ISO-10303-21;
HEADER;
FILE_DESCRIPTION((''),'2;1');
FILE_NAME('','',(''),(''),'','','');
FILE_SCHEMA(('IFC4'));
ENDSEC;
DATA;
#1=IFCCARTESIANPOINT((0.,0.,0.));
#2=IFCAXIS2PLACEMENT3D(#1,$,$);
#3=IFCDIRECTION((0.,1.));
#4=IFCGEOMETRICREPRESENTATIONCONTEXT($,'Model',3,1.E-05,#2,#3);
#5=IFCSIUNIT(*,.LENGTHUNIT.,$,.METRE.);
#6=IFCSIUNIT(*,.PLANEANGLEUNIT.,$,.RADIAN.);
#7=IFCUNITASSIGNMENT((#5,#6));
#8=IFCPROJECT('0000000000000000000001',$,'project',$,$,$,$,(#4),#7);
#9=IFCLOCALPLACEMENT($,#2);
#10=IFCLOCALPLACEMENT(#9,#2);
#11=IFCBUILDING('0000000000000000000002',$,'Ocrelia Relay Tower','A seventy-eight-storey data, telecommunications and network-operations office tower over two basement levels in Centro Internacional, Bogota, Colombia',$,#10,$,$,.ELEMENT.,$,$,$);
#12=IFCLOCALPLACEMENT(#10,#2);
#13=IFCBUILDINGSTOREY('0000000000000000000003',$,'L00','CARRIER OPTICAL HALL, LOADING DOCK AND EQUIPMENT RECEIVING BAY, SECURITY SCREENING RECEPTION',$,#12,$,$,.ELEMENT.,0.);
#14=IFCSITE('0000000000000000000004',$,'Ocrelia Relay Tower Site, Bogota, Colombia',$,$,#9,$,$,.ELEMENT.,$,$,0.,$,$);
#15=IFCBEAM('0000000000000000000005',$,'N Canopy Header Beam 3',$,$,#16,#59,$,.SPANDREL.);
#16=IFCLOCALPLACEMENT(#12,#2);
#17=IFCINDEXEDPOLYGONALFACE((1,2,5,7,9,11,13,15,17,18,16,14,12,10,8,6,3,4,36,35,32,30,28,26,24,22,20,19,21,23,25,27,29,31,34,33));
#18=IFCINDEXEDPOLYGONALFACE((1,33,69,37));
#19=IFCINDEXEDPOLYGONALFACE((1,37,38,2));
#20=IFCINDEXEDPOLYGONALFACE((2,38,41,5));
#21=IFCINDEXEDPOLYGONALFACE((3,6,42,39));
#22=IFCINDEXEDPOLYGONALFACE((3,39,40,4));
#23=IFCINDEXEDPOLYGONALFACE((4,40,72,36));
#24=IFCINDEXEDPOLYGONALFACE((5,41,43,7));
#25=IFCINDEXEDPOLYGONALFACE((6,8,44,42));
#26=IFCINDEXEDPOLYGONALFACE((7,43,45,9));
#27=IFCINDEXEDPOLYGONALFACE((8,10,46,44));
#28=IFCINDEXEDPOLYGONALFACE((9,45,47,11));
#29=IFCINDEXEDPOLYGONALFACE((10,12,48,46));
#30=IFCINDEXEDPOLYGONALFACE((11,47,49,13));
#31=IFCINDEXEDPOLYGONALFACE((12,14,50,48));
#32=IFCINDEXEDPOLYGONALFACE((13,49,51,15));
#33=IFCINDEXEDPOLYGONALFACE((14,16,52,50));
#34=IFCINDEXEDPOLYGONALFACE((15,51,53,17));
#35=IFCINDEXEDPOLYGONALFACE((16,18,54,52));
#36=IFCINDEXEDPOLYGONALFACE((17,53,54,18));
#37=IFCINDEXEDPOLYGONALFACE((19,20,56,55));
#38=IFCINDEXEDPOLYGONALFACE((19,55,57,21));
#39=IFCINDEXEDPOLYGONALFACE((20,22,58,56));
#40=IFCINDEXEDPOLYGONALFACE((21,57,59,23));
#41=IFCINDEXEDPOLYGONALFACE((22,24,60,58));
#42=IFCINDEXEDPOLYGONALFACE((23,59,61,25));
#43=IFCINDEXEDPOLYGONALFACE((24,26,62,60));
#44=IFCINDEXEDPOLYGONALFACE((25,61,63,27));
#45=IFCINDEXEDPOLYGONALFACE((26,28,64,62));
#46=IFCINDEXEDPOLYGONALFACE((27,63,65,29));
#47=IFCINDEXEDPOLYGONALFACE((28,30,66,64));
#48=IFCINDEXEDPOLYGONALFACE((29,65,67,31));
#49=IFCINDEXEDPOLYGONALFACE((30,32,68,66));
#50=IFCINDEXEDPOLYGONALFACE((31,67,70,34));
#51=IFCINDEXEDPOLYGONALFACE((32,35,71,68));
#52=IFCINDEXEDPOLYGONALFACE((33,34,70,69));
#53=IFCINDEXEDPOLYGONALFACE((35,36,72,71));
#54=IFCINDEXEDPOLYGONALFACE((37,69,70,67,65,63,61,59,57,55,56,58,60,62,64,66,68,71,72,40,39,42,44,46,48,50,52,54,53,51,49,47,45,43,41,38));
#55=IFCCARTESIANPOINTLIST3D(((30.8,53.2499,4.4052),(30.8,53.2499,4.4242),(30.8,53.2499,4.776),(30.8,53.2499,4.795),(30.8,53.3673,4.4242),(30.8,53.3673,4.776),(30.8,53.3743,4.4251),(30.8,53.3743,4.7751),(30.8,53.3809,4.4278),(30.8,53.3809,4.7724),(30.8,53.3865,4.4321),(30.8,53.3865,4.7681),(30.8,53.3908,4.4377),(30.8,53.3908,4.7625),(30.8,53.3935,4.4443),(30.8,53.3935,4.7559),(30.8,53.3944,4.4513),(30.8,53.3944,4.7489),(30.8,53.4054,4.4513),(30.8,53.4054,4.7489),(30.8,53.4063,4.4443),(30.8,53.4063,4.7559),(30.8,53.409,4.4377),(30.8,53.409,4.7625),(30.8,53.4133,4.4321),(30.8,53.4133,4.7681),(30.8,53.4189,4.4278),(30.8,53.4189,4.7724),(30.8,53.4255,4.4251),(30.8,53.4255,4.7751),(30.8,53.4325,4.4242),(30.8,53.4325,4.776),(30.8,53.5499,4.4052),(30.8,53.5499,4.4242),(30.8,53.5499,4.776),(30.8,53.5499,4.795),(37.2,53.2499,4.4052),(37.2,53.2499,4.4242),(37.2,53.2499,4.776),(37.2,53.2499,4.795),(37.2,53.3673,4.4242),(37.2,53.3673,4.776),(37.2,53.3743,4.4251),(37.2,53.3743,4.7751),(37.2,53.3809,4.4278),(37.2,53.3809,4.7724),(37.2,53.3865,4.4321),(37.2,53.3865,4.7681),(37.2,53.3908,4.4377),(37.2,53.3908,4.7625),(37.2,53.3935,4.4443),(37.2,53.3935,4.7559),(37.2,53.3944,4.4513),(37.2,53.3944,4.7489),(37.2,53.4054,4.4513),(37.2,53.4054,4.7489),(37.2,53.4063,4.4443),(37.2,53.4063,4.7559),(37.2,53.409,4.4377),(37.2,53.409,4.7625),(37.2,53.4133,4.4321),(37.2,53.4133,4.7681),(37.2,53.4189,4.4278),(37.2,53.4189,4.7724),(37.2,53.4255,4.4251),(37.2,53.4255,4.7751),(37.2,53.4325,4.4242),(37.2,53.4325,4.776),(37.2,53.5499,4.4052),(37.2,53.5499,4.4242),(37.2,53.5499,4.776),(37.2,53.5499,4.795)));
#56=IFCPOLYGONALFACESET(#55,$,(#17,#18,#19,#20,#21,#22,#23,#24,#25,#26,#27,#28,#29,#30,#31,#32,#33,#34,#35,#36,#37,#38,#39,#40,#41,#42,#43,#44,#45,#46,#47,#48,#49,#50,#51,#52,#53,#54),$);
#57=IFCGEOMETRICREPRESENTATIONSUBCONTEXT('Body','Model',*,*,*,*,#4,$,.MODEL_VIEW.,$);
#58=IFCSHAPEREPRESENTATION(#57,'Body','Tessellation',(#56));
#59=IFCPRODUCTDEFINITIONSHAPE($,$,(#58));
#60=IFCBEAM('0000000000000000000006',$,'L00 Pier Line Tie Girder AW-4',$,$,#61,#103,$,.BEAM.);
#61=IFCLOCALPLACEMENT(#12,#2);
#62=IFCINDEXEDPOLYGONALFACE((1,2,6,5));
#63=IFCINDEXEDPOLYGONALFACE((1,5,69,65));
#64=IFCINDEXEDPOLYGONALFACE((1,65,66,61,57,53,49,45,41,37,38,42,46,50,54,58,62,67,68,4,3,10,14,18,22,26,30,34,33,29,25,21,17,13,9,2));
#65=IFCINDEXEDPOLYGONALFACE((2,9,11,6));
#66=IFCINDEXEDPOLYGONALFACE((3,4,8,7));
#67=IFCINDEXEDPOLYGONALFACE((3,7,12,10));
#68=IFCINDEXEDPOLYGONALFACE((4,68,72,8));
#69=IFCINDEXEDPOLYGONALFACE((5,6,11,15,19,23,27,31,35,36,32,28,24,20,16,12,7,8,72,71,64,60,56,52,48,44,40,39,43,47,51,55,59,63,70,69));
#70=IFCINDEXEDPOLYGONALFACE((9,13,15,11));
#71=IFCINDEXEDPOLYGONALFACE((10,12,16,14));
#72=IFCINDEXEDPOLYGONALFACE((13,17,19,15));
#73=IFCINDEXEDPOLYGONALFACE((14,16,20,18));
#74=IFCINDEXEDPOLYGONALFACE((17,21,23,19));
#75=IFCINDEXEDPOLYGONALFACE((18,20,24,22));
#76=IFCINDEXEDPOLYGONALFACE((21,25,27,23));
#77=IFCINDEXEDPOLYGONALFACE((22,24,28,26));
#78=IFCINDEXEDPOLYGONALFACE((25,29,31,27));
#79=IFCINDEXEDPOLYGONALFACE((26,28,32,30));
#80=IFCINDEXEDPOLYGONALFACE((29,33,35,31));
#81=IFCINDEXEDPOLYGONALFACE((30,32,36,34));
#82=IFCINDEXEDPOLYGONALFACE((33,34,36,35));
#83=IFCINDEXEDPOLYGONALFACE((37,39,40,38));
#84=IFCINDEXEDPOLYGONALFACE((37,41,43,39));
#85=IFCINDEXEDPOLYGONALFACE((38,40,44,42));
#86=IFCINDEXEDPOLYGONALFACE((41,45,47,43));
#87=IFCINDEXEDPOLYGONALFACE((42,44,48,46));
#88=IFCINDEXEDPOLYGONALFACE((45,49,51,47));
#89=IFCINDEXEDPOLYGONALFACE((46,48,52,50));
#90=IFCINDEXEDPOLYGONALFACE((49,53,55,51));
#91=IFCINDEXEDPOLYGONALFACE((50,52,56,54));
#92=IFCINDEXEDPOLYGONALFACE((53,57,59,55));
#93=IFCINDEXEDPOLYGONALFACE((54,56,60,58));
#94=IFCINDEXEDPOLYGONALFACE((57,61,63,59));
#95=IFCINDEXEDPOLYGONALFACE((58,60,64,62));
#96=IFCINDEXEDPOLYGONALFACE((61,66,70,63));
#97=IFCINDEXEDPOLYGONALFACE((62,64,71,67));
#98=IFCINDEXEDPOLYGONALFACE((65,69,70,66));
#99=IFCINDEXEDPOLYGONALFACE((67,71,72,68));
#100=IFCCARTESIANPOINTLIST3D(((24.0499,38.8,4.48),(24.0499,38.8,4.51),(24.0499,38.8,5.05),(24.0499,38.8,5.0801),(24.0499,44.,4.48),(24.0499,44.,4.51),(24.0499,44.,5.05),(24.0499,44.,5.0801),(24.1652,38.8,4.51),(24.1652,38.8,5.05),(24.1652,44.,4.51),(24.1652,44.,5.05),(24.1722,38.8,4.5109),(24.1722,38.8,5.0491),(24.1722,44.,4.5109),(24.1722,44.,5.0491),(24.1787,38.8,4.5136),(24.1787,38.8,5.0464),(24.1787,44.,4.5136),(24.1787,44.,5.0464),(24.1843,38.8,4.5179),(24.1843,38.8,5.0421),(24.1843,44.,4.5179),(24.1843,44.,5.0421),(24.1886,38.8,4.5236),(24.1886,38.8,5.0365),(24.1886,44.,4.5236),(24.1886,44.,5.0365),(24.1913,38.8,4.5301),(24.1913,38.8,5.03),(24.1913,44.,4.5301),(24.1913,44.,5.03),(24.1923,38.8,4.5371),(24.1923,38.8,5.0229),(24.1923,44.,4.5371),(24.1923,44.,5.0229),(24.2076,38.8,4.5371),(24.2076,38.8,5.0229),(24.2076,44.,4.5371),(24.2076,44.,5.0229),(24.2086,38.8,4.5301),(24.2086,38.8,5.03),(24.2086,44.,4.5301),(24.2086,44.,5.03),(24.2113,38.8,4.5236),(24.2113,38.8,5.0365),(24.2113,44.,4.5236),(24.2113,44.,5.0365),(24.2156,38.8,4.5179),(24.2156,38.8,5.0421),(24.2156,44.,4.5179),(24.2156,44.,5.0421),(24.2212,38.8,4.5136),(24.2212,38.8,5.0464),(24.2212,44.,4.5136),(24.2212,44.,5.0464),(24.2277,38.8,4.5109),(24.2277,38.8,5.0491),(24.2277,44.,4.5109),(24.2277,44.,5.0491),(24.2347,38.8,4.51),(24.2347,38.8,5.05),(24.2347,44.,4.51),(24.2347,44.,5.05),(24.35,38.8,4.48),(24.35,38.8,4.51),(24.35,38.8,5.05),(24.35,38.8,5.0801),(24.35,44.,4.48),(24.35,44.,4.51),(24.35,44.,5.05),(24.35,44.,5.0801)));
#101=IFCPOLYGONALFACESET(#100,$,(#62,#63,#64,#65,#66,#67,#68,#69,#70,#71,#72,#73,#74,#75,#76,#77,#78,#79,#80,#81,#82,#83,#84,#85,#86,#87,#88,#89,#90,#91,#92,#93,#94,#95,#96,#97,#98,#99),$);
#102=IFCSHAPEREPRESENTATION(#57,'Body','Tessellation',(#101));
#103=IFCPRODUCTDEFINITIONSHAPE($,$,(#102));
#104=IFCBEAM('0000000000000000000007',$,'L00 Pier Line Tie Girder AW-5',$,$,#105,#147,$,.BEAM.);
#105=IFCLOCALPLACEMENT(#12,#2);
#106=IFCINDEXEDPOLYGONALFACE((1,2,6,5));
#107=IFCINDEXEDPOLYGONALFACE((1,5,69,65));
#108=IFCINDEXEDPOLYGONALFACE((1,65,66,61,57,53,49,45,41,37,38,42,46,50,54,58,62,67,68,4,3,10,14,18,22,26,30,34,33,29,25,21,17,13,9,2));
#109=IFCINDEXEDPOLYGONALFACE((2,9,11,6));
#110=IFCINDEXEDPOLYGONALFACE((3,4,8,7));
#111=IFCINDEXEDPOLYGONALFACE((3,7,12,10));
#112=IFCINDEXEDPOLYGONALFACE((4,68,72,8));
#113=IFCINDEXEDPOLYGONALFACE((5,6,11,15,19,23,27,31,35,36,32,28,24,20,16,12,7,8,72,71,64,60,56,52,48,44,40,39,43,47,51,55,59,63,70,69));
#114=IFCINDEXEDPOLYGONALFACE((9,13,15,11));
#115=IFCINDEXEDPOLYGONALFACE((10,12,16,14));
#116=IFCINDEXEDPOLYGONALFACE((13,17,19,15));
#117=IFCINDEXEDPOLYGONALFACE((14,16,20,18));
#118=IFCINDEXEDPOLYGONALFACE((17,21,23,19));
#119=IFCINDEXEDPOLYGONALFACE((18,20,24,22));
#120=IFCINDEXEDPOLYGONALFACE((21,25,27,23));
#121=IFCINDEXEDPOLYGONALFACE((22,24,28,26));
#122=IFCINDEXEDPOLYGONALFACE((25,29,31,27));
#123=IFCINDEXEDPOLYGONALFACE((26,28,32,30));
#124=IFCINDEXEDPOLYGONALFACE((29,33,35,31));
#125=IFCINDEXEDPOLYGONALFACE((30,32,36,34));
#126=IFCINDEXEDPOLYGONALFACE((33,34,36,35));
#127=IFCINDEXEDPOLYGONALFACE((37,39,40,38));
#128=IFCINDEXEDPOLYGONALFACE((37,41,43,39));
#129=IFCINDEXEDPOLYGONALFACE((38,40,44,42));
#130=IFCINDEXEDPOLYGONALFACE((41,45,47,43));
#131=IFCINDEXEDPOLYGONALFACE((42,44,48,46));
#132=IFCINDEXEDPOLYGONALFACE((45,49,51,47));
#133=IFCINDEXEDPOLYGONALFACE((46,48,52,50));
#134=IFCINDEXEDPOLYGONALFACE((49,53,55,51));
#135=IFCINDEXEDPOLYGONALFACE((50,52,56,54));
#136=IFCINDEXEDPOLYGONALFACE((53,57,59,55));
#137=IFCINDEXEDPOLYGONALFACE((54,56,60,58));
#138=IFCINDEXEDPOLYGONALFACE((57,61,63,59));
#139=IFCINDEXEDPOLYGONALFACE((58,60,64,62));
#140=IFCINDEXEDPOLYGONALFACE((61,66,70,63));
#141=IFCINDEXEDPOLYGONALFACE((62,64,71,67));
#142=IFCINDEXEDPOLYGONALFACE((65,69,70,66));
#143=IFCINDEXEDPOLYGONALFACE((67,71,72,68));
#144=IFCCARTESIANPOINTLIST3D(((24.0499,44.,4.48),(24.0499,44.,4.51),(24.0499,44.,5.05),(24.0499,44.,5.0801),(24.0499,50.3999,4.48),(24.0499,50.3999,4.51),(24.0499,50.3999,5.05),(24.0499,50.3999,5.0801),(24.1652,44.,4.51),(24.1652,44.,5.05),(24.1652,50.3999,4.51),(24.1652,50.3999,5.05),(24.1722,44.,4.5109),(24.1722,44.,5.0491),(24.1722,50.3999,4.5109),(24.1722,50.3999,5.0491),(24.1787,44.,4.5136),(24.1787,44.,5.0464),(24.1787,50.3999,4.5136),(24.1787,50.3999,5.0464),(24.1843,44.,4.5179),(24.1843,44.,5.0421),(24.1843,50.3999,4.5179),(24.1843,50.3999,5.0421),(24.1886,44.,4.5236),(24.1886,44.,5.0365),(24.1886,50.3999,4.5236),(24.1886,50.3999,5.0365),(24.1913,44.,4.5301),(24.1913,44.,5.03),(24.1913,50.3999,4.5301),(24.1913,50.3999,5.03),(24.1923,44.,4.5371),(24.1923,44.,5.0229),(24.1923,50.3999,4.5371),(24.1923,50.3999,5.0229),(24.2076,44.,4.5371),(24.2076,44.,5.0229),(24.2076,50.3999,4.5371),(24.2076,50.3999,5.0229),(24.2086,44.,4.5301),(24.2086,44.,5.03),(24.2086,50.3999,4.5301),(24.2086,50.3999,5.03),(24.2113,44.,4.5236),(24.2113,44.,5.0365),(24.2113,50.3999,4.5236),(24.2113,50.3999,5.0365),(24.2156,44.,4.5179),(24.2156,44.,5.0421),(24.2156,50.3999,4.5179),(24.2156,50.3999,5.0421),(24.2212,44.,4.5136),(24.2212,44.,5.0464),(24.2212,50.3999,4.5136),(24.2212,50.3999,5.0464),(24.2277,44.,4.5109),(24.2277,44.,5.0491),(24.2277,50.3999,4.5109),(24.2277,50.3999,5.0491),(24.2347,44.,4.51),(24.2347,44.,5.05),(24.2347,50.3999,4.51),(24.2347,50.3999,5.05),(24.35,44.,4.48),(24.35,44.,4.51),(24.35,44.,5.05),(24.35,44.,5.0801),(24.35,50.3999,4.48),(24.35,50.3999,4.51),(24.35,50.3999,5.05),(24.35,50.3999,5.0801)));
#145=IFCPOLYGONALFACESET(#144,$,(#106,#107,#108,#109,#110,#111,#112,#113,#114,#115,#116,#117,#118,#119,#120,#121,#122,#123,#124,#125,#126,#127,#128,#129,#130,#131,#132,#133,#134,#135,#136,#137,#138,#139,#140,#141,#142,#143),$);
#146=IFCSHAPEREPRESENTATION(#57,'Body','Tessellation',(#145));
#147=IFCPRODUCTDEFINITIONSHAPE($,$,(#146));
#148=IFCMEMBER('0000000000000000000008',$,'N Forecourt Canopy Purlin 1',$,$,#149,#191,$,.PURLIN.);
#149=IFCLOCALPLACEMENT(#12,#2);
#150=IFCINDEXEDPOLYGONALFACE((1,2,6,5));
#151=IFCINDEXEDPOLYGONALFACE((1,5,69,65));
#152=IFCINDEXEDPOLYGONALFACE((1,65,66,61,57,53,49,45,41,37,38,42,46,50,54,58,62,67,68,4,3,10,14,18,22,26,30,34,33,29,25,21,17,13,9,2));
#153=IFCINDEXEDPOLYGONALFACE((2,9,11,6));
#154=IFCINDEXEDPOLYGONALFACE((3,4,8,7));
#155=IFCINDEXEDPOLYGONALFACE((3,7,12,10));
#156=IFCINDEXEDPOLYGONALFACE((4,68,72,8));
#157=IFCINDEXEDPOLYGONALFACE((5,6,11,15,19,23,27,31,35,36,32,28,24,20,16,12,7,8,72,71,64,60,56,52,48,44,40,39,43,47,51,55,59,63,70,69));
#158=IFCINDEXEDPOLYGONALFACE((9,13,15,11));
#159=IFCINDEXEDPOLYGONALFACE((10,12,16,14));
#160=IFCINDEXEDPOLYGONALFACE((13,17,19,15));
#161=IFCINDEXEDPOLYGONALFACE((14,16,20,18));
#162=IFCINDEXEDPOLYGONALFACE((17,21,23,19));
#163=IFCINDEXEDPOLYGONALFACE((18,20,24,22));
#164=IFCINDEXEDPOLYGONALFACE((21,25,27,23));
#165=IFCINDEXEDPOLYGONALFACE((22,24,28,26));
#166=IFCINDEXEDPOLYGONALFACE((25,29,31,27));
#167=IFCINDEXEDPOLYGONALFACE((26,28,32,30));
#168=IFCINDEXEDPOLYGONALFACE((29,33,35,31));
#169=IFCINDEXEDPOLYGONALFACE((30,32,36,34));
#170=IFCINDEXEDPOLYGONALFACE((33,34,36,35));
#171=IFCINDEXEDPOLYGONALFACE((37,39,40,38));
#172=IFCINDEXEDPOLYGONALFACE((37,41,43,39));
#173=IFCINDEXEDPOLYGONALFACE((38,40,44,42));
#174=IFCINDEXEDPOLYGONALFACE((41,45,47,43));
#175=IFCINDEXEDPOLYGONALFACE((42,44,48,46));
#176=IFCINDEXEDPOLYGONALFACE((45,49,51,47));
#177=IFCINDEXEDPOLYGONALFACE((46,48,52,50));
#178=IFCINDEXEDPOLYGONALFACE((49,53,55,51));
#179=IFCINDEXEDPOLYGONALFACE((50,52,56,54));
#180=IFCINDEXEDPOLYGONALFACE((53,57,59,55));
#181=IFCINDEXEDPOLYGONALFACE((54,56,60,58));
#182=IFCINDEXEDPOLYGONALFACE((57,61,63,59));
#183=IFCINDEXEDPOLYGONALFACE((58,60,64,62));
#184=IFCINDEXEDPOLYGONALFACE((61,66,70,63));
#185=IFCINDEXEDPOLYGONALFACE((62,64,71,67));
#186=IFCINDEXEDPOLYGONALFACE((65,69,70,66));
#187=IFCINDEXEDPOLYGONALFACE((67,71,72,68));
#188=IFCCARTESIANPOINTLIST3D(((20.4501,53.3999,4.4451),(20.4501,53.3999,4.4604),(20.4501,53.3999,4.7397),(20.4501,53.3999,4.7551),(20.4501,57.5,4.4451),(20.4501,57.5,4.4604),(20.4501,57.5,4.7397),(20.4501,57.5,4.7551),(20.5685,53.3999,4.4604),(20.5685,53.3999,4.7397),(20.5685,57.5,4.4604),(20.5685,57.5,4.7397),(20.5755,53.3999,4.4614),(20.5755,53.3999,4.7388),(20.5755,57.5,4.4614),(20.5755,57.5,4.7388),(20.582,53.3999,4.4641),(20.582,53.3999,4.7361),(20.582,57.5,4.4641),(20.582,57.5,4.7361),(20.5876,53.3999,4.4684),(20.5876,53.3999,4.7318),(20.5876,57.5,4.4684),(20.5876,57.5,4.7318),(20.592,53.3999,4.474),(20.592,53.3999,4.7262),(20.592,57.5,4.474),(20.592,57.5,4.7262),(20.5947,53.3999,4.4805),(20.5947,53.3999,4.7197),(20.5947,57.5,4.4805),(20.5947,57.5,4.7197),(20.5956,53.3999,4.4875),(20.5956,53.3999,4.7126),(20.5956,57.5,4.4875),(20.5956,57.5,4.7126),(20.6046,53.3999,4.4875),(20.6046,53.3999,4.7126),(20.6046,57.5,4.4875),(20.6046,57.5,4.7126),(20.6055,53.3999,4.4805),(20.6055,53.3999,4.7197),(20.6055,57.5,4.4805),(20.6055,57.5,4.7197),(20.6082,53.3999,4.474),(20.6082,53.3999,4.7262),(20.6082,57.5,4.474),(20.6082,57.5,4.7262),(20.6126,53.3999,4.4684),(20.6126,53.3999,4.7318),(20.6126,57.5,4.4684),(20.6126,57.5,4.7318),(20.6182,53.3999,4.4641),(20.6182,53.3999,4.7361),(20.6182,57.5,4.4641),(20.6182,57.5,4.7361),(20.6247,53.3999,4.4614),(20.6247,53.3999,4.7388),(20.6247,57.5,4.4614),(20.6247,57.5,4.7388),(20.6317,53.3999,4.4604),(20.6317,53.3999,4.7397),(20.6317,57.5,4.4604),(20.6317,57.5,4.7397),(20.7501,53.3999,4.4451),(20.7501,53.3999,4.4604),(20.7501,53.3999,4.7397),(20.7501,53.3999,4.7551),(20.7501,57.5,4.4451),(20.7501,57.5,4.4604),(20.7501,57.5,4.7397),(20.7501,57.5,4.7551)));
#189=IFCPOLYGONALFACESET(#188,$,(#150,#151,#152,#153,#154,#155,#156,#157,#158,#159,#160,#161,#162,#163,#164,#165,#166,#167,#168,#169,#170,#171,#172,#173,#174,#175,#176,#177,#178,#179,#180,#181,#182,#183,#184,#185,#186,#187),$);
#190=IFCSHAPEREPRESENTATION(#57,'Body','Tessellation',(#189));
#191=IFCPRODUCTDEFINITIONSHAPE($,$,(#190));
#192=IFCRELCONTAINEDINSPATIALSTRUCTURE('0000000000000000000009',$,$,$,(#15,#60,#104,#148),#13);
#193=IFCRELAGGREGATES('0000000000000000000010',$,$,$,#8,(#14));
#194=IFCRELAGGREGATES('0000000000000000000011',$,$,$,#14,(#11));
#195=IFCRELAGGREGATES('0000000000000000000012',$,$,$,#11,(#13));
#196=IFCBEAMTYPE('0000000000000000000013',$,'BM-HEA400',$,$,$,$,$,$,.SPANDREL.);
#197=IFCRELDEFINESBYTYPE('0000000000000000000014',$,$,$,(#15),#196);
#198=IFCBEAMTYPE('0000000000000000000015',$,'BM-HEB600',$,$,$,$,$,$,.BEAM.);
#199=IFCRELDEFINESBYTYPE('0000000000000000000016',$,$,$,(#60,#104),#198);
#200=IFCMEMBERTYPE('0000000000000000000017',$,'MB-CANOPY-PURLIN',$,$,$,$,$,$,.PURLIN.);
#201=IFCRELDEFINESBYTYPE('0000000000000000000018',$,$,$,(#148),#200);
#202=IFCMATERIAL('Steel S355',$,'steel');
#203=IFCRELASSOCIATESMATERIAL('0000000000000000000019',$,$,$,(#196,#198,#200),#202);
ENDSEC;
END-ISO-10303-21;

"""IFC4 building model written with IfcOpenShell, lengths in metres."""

from ifc_helpers import new_model, si_unit, direction, frame, origin, origin_2d, place, context, subcontext, project, spatial, i_section, extrude, material, material_profile, profile_set, type_object, element, save


model = new_model("IFC4")

# Units and contexts
model_context = context("Model", 3, precision=1e-05, world=origin(), true_north=direction((0.0, 1.0)))
body_context = subcontext(model_context, "Body", "Model", "MODEL_VIEW")
ifc_project = project(units=[si_unit("LENGTHUNIT", "METRE"), si_unit("PLANEANGLEUNIT", "RADIAN")], contexts=[model_context])

# Site, building, storey
site_placement = place(None, origin())
site = spatial("IfcSite", under=ifc_project, at=site_placement, Name="Ocrelia Relay Tower Site, Bogota, Colombia", CompositionType="ELEMENT", RefElevation=0.0)
building_placement = place(site_placement, origin())
building = spatial("IfcBuilding", under=site, at=building_placement, Name="Ocrelia Relay Tower", Description="A seventy-eight-storey data, telecommunications and network-operations office tower over two basement levels in Centro Internacional, Bogota, Colombia", CompositionType="ELEMENT")
storey_placement = place(building_placement, origin())
storey = spatial("IfcBuildingStorey", under=building, at=storey_placement, Name="L00", Description="CARRIER OPTICAL HALL, LOADING DOCK AND EQUIPMENT RECEIVING BAY, SECURITY SCREENING RECEPTION", CompositionType="ELEMENT", Elevation=0.0)

# Beams
ifc_material_1 = material(Name="Steel S355", Category="steel")
ifc_material_profile_1 = material_profile(ifc_material_1, i_section(OverallWidth=0.3, OverallDepth=0.3899, WebThickness=0.011, FlangeThickness=0.019, FilletRadius=0.0271, at=origin_2d()), Name="HEA 400")
ifc_profile_set_1 = profile_set([ifc_material_profile_1], Name="Steel S355")
beam_type_1 = type_object("IfcBeamType", Name="BM-HEA400", PredefinedType="SPANDREL", material=ifc_profile_set_1)
beam_1_placement = place(storey_placement, frame((30.8, 53.3999, 4.6001), z_axis=(1.0, 0.0, 0.0), x_axis=(0.0, 1.0, 0.0)))
element("IfcBeam", 1, at=beam_1_placement, inside=storey, type_object=beam_type_1, Name="N Canopy Header Beam 3", PredefinedType="SPANDREL", context=body_context, shape_type="SweptSolid", body=[
    extrude(i_section(OverallWidth=0.3, OverallDepth=0.3899, WebThickness=0.011, FlangeThickness=0.019, FilletRadius=0.0271, at=origin_2d()), origin(), (0.0, 0.0, 1.0), 6.3999),
])
ifc_material_profile_2 = material_profile(ifc_material_1, i_section(OverallWidth=0.3, OverallDepth=0.6001, WebThickness=0.0154, FlangeThickness=0.03, FilletRadius=0.0271, at=origin_2d()), Name="HEB 600")
ifc_profile_set_2 = profile_set([ifc_material_profile_2], Name="Steel S355")
beam_type_2 = type_object("IfcBeamType", Name="BM-HEB600", PredefinedType="BEAM", material=ifc_profile_set_2)
beam_2_placement = place(storey_placement, frame((24.2, 38.8, 4.78), z_axis=(0.0, 1.0, 0.0), x_axis=(-1.0, 0.0, 0.0)))
element("IfcBeam", 2, at=beam_2_placement, inside=storey, type_object=beam_type_2, Name="L00 Pier Line Tie Girder AW-4", PredefinedType="BEAM", context=body_context, shape_type="SweptSolid", body=[
    extrude(i_section(OverallWidth=0.3, OverallDepth=0.6001, WebThickness=0.0154, FlangeThickness=0.03, FilletRadius=0.0271, at=origin_2d()), origin(), (0.0, 0.0, 1.0), 5.2),
])
beam_3_placement = place(storey_placement, frame((24.2, 44.0, 4.78), z_axis=(0.0, 1.0, 0.0), x_axis=(-1.0, 0.0, 0.0)))
element("IfcBeam", 3, at=beam_3_placement, inside=storey, type_object=beam_type_2, Name="L00 Pier Line Tie Girder AW-5", PredefinedType="BEAM", context=body_context, shape_type="SweptSolid", body=[
    extrude(i_section(OverallWidth=0.3, OverallDepth=0.6001, WebThickness=0.0154, FlangeThickness=0.03, FilletRadius=0.0271, at=origin_2d()), origin(), (0.0, 0.0, 1.0), 6.3999),
])

# Member
ifc_material_profile_3 = material_profile(ifc_material_1, i_section(OverallWidth=0.3, OverallDepth=0.3101, WebThickness=0.009, FlangeThickness=0.0154, FilletRadius=0.0271, at=origin_2d()), Name="HEA 320")
ifc_profile_set_3 = profile_set([ifc_material_profile_3], Name="Steel S355")
member_type = type_object("IfcMemberType", Name="MB-CANOPY-PURLIN", PredefinedType="PURLIN", material=ifc_profile_set_3)
for number, where, z_axis, x_axis, name in (
    (4, (20.6001, 53.3999, 4.6001), (0.0, 1.0, 0.0), (-1.0, 0.0, 0.0), "N Forecourt Canopy Purlin 1"),
):
    element("IfcMember", number, at=place(storey_placement, frame(where, z_axis=z_axis, x_axis=x_axis)), inside=storey, type_object=member_type, Name=name, PredefinedType="PURLIN", context=body_context, shape_type="SweptSolid", body=[
        extrude(i_section(OverallWidth=0.3, OverallDepth=0.3101, WebThickness=0.009, FlangeThickness=0.0154, FilletRadius=0.0271, at=origin_2d()), origin(), (0.0, 0.0, 1.0), 4.1001),
    ])

save(model, "model.ifc")
